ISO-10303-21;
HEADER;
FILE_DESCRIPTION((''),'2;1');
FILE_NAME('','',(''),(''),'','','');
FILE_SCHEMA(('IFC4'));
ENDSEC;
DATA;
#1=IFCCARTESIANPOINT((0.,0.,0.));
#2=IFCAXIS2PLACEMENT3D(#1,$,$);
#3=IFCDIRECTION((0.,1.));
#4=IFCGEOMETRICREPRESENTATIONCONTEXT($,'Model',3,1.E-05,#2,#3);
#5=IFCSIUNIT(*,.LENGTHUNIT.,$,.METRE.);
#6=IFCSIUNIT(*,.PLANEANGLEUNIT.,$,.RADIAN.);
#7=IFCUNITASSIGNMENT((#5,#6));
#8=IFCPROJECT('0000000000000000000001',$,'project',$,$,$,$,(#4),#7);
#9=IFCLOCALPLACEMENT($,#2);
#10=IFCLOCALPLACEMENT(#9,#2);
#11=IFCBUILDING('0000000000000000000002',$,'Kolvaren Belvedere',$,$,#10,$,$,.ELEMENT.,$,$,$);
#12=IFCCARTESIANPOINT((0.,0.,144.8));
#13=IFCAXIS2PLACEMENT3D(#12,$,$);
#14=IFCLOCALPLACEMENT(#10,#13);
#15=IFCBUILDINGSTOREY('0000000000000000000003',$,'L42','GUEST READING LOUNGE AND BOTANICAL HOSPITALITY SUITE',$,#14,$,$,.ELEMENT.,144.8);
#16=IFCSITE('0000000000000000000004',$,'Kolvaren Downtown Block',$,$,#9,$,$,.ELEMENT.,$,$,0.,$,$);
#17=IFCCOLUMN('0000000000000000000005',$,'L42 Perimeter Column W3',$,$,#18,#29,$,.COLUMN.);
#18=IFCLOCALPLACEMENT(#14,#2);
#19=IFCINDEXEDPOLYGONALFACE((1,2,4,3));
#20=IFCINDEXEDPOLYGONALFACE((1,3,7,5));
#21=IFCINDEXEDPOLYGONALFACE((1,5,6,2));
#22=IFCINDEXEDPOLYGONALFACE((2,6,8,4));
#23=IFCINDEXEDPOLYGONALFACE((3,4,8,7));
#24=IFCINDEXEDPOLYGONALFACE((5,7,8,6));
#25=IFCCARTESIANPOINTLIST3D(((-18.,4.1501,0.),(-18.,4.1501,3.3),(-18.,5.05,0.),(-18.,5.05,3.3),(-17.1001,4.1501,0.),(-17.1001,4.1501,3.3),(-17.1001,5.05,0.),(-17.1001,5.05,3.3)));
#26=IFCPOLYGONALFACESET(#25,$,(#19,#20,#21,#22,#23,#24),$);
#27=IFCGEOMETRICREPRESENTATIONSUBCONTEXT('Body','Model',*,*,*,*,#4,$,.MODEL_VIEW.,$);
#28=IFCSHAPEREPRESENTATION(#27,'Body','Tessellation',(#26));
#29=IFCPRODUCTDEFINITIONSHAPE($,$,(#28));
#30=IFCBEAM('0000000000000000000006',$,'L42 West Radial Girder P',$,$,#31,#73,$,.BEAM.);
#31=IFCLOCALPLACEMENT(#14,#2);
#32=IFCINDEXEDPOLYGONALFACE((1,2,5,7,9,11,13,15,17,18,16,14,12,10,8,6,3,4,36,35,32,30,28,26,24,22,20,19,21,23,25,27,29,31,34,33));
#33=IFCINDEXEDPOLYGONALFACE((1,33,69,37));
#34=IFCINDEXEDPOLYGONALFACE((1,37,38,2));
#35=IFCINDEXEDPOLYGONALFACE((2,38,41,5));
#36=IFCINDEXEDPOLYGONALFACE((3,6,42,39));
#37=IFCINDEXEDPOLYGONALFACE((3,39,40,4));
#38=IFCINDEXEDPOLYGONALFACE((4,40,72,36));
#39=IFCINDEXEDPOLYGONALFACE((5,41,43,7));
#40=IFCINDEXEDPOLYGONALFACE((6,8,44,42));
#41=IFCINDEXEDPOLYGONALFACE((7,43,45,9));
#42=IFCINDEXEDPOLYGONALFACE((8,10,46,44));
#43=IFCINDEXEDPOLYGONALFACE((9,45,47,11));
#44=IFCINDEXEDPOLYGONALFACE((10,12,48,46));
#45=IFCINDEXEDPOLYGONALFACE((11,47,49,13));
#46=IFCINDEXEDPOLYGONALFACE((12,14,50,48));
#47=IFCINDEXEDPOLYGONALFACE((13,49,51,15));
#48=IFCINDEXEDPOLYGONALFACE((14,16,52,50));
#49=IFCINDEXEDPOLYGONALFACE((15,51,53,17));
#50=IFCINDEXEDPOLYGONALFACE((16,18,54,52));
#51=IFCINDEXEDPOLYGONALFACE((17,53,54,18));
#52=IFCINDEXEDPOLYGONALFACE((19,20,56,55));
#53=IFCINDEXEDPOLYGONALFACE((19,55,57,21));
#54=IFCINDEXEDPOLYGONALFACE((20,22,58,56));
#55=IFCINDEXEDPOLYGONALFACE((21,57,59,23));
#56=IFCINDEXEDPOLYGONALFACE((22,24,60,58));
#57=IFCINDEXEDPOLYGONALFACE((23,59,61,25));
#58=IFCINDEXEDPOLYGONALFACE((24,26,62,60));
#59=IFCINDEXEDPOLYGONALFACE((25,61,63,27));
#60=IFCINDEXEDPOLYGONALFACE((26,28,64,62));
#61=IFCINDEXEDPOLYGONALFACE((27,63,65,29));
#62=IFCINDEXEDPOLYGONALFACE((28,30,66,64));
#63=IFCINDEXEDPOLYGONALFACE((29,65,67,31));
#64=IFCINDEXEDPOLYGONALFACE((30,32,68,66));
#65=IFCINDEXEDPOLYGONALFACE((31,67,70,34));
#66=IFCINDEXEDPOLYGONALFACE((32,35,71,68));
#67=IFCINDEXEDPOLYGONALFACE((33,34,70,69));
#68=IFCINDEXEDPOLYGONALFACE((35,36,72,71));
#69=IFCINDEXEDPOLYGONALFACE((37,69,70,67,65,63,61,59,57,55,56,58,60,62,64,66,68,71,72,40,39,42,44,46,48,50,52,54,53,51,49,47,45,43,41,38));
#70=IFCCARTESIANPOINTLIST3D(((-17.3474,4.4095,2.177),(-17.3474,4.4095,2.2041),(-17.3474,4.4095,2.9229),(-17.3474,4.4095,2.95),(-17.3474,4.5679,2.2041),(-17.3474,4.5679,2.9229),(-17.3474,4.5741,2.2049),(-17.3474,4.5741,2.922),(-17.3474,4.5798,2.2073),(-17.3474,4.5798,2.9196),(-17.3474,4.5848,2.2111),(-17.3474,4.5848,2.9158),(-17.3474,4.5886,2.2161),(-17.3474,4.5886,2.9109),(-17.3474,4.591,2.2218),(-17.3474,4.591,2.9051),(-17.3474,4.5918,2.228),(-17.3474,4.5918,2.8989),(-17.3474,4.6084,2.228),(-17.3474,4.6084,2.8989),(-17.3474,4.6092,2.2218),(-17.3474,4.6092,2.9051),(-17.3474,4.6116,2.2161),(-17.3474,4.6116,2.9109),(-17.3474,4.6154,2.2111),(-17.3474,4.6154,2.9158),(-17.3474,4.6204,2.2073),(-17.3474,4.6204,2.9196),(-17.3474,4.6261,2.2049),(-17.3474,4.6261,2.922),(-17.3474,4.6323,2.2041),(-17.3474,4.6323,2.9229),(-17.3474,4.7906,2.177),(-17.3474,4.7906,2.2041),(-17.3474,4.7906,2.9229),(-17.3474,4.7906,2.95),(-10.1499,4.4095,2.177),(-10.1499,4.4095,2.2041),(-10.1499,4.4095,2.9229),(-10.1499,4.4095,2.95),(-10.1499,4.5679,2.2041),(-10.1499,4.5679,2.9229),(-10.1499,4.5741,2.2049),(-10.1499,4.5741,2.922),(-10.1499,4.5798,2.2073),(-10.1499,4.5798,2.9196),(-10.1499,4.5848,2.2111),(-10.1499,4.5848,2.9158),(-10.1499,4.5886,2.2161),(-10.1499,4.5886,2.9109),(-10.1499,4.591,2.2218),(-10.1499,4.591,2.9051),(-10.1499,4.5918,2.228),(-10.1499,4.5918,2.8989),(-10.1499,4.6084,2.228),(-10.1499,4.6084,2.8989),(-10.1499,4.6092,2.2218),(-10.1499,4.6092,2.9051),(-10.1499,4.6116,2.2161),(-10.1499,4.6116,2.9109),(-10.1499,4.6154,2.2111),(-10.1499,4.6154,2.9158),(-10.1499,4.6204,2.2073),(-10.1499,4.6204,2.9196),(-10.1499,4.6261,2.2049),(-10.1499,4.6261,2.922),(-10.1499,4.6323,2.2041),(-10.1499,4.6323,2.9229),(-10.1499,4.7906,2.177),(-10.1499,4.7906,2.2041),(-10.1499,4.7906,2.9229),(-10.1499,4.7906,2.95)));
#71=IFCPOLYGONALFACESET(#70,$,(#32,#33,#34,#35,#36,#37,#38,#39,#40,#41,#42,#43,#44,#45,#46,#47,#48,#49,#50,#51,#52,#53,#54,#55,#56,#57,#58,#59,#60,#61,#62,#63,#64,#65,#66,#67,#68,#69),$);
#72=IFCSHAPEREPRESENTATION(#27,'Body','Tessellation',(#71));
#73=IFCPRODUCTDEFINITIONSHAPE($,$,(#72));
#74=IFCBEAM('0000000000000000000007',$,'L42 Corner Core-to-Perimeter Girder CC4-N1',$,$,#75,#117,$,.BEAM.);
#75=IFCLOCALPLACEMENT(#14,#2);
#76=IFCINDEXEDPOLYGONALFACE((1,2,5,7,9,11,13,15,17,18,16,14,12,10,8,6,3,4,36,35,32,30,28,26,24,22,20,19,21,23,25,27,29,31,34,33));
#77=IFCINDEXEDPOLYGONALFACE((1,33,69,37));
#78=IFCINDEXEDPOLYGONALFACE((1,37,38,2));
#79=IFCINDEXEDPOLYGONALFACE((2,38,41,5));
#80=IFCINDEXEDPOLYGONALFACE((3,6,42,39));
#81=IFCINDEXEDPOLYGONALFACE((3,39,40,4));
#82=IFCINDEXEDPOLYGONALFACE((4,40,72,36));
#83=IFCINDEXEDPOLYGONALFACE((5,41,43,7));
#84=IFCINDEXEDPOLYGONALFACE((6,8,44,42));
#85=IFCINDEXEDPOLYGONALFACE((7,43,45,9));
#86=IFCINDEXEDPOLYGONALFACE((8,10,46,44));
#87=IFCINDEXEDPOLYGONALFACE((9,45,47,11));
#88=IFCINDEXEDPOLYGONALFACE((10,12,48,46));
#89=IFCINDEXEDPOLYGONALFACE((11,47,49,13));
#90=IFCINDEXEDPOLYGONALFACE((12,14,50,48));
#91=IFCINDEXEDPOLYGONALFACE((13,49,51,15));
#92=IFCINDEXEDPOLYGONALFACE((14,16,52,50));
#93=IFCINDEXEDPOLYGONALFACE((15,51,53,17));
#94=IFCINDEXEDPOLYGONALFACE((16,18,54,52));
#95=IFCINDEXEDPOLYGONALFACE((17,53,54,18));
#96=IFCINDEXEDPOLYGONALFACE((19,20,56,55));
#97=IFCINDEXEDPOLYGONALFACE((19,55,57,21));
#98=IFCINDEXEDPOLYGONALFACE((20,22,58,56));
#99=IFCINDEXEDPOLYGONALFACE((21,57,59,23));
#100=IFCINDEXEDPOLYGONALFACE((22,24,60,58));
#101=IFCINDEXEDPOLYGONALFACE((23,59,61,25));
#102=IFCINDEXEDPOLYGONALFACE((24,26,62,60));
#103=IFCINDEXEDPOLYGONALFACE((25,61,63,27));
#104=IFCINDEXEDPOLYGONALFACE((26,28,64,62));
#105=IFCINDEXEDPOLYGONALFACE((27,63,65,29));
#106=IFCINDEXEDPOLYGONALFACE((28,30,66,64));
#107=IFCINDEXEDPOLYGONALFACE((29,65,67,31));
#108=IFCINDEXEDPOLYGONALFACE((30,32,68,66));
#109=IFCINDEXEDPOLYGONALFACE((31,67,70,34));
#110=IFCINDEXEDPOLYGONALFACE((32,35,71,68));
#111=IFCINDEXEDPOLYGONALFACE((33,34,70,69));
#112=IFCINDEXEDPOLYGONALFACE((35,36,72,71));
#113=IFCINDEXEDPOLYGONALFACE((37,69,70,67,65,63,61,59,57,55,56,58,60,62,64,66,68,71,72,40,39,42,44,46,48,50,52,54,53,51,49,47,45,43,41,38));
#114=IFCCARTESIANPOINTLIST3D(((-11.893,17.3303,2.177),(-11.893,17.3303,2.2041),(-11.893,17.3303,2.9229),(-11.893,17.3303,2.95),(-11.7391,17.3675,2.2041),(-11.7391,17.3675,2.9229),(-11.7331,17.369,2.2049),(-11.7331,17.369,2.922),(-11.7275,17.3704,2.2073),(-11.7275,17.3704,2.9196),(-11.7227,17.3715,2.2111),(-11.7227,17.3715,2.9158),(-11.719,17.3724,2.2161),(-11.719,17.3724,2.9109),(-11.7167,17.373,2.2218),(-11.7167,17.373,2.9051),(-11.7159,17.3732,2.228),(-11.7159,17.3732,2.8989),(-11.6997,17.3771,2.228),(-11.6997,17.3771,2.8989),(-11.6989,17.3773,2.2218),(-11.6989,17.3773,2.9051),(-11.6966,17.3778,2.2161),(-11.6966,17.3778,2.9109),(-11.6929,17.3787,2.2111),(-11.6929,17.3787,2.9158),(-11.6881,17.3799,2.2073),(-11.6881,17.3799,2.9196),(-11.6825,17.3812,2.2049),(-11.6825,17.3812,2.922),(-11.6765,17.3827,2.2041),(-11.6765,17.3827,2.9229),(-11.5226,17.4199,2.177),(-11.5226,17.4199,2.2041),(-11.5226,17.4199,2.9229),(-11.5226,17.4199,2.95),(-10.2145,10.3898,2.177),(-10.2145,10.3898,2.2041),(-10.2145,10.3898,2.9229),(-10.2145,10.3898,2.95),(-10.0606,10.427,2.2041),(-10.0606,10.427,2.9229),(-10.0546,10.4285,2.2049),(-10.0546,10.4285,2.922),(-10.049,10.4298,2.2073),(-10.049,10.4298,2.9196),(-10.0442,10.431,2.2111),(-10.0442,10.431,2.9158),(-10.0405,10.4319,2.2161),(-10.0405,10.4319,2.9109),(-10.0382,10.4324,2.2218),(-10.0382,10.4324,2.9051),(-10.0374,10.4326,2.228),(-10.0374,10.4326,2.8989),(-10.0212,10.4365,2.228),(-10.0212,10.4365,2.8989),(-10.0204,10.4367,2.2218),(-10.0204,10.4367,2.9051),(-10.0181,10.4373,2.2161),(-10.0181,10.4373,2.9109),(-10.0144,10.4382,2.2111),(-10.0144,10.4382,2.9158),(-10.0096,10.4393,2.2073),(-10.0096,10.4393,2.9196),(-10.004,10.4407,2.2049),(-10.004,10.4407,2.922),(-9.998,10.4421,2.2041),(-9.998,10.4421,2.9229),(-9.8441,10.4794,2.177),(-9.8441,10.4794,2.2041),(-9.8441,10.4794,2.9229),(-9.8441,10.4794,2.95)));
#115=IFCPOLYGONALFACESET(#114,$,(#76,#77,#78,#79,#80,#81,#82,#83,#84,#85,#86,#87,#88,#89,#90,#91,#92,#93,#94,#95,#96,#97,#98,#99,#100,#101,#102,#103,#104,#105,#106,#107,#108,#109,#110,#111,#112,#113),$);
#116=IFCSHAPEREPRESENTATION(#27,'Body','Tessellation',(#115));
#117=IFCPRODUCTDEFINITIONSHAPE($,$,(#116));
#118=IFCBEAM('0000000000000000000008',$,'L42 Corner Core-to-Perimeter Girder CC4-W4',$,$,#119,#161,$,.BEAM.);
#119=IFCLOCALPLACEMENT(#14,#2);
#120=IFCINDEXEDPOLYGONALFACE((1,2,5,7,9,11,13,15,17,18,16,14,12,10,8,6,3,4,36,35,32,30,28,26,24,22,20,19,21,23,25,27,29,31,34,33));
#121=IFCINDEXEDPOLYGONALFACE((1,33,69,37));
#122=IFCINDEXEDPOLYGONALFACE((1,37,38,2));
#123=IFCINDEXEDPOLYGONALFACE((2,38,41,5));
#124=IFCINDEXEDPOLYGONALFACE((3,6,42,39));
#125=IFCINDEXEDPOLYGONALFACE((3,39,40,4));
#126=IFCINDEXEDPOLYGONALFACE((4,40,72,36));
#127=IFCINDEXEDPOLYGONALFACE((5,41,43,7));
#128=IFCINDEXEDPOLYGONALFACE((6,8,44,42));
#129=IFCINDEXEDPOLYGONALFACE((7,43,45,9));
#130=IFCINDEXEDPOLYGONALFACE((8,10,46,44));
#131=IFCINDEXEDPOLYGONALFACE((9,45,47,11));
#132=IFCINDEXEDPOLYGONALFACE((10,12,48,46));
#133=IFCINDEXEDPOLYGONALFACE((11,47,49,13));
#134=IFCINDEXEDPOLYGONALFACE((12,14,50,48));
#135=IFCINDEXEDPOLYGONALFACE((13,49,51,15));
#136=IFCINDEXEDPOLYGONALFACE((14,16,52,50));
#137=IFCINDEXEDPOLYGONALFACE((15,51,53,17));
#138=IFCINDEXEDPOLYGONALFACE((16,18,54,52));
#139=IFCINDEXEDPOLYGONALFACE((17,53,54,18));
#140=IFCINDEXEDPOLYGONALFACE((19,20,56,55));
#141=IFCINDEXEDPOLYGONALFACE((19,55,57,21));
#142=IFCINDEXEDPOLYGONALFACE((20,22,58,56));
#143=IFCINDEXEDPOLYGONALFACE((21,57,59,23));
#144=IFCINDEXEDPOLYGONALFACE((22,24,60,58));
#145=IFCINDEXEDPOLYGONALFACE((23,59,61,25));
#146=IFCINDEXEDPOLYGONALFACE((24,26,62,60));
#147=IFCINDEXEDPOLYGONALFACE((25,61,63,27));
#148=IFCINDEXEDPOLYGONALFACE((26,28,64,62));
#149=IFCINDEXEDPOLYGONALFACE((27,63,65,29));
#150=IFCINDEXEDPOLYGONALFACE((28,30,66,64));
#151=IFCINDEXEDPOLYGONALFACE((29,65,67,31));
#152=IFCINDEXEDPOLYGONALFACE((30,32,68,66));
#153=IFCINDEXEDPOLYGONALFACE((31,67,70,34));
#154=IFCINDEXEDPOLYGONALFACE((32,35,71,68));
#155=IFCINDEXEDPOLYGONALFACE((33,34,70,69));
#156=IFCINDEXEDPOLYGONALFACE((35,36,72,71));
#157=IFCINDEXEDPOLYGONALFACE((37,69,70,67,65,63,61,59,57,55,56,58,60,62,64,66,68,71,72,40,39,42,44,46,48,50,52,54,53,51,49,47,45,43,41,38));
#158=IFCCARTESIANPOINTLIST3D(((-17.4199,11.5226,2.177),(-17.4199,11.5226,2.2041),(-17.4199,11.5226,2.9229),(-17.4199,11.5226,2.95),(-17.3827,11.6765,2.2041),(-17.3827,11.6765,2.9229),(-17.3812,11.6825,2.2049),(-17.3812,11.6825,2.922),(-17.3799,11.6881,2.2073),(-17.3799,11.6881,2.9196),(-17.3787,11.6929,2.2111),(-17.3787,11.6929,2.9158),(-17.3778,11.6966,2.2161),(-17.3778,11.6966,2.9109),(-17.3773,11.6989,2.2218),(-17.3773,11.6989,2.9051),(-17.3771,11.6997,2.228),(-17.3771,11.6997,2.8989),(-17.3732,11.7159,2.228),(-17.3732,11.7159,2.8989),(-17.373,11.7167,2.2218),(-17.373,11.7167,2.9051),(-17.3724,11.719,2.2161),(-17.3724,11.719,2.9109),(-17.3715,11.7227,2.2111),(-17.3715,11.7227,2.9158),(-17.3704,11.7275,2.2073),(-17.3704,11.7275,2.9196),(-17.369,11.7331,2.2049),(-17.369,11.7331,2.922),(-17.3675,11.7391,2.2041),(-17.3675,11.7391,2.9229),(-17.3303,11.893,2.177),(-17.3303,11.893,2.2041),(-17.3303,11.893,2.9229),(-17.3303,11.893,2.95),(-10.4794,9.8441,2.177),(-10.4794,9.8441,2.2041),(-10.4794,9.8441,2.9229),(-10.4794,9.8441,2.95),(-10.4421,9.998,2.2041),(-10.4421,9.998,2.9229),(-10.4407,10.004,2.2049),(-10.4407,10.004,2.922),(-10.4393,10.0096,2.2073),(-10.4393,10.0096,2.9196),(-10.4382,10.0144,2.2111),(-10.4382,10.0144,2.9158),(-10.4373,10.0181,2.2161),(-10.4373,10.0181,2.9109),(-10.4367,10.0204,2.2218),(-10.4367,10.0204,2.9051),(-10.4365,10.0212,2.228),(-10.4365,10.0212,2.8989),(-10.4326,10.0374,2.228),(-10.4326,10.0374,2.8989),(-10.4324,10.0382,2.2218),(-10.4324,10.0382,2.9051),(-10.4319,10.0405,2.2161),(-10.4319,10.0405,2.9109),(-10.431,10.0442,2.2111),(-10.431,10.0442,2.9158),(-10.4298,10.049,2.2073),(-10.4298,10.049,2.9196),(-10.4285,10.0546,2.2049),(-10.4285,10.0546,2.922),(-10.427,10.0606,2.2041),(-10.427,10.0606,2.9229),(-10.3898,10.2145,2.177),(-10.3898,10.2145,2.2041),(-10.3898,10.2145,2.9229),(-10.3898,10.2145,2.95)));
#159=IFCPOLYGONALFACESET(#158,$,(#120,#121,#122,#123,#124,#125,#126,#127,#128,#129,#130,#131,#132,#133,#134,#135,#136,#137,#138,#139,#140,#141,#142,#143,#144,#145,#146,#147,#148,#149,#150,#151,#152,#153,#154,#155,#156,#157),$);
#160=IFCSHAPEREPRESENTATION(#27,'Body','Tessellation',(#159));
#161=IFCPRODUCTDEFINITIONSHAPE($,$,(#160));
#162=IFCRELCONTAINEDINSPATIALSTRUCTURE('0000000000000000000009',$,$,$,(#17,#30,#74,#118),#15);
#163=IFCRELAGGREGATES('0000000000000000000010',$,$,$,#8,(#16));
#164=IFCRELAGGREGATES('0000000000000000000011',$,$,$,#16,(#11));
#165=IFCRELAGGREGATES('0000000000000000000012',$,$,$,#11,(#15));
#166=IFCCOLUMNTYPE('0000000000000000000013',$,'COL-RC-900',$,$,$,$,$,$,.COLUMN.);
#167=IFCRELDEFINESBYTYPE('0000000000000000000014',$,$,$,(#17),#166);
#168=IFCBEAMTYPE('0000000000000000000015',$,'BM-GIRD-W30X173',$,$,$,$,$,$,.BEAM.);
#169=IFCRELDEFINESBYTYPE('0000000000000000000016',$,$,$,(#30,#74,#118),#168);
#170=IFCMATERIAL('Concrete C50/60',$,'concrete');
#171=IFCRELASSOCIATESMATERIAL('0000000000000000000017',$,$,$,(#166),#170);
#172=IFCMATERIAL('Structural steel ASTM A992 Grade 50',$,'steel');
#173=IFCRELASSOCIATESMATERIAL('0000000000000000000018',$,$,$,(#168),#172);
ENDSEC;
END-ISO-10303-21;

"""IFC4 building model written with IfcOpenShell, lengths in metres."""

from ifc_helpers import new_model, si_unit, direction, frame, origin, origin_2d, place, context, subcontext, project, spatial, rectangle, i_section, extrude, material, material_profile, profile_set, type_object, element, save


model = new_model("IFC4")

# Units and contexts
model_context = context("Model", 3, precision=1e-05, world=origin(), true_north=direction((0.0, 1.0)))
body_context = subcontext(model_context, "Body", "Model", "MODEL_VIEW")
ifc_project = project(units=[si_unit("LENGTHUNIT", "METRE"), si_unit("PLANEANGLEUNIT", "RADIAN")], contexts=[model_context])

# Site, building, storey
site_placement = place(None, origin())
site = spatial("IfcSite", under=ifc_project, at=site_placement, Name="Kolvaren Downtown Block", CompositionType="ELEMENT", RefElevation=0.0)
building_placement = place(site_placement, origin())
building = spatial("IfcBuilding", under=site, at=building_placement, Name="Kolvaren Belvedere", CompositionType="ELEMENT")
storey_placement = place(building_placement, frame((0.0, 0.0, 144.8)))
storey = spatial("IfcBuildingStorey", under=building, at=storey_placement, Name="L42", Description="GUEST READING LOUNGE AND BOTANICAL HOSPITALITY SUITE", CompositionType="ELEMENT", Elevation=144.8)

# Column
ifc_material_1 = material(Name="Concrete C50/60", Category="concrete")
ifc_material_profile_1 = material_profile(ifc_material_1, rectangle(XDim=0.8999, YDim=0.8999, at=origin_2d()), Name="RC 900X900")
ifc_profile_set_1 = profile_set([ifc_material_profile_1], Name="Concrete C50/60")
column_type = type_object("IfcColumnType", Name="COL-RC-900", PredefinedType="COLUMN", material=ifc_profile_set_1)
column_placement = place(storey_placement, frame((-17.55, 4.6001, 0.0), z_axis=(0.0, 0.0, 1.0), x_axis=(1.0, 0.0, 0.0)))
element("IfcColumn", 1, at=column_placement, inside=storey, type_object=column_type, Name="L42 Perimeter Column W3", PredefinedType="COLUMN", context=body_context, shape_type="SweptSolid", body=[
    extrude(rectangle(XDim=0.8999, YDim=0.8999, at=origin_2d()), origin(), (0.0, 0.0, 1.0), 3.3),
])

# Beams
ifc_material_2 = material(Name="Structural steel ASTM A992 Grade 50", Category="steel")
ifc_material_profile_2 = material_profile(ifc_material_2, i_section(OverallWidth=0.3811, OverallDepth=0.7729, WebThickness=0.0166, FlangeThickness=0.0271, FilletRadius=0.0239, at=origin_2d()), Name="W30X173")
ifc_profile_set_2 = profile_set([ifc_material_profile_2], Name="Structural steel ASTM A992 Grade 50")
beam_type_1 = type_object("IfcBeamType", Name="BM-GIRD-W30X173", PredefinedType="BEAM", material=ifc_profile_set_2)
beam_1_placement = place(storey_placement, frame((-10.1499, 4.6001, 2.5635), z_axis=(-1.0, 0.0, 0.0), x_axis=(0.0, -1.0, 0.0)))
element("IfcBeam", 2, at=beam_1_placement, inside=storey, type_object=beam_type_1, Name="L42 West Radial Girder P", PredefinedType="BEAM", context=body_context, shape_type="SweptSolid", body=[
    extrude(i_section(OverallWidth=0.3811, OverallDepth=0.7729, WebThickness=0.0166, FlangeThickness=0.0271, FilletRadius=0.0239, at=origin_2d()), origin(), (0.0, 0.0, 1.0), 7.1975),
])
for number, where, z_axis, x_axis, name in (
    (3, (-10.0293, 10.4346, 2.5635), (-0.235063, 0.97198, 0.0), (-0.97198, -0.235063, 0.0), "L42 Corner Core-to-Perimeter Girder CC4-N1"),
    (4, (-10.4346, 10.0293, 2.5635), (-0.97198, 0.235063, 0.0), (-0.235063, -0.97198, 0.0), "L42 Corner Core-to-Perimeter Girder CC4-W4"),
):
    element("IfcBeam", number, at=place(storey_placement, frame(where, z_axis=z_axis, x_axis=x_axis)), inside=storey, type_object=beam_type_1, Name=name, PredefinedType="BEAM", context=body_context, shape_type="SweptSolid", body=[
        extrude(i_section(OverallWidth=0.3811, OverallDepth=0.7729, WebThickness=0.0166, FlangeThickness=0.0271, FilletRadius=0.0239, at=origin_2d()), origin(), (0.0, 0.0, 1.0), 7.1406),
    ])

save(model, "model.ifc")
